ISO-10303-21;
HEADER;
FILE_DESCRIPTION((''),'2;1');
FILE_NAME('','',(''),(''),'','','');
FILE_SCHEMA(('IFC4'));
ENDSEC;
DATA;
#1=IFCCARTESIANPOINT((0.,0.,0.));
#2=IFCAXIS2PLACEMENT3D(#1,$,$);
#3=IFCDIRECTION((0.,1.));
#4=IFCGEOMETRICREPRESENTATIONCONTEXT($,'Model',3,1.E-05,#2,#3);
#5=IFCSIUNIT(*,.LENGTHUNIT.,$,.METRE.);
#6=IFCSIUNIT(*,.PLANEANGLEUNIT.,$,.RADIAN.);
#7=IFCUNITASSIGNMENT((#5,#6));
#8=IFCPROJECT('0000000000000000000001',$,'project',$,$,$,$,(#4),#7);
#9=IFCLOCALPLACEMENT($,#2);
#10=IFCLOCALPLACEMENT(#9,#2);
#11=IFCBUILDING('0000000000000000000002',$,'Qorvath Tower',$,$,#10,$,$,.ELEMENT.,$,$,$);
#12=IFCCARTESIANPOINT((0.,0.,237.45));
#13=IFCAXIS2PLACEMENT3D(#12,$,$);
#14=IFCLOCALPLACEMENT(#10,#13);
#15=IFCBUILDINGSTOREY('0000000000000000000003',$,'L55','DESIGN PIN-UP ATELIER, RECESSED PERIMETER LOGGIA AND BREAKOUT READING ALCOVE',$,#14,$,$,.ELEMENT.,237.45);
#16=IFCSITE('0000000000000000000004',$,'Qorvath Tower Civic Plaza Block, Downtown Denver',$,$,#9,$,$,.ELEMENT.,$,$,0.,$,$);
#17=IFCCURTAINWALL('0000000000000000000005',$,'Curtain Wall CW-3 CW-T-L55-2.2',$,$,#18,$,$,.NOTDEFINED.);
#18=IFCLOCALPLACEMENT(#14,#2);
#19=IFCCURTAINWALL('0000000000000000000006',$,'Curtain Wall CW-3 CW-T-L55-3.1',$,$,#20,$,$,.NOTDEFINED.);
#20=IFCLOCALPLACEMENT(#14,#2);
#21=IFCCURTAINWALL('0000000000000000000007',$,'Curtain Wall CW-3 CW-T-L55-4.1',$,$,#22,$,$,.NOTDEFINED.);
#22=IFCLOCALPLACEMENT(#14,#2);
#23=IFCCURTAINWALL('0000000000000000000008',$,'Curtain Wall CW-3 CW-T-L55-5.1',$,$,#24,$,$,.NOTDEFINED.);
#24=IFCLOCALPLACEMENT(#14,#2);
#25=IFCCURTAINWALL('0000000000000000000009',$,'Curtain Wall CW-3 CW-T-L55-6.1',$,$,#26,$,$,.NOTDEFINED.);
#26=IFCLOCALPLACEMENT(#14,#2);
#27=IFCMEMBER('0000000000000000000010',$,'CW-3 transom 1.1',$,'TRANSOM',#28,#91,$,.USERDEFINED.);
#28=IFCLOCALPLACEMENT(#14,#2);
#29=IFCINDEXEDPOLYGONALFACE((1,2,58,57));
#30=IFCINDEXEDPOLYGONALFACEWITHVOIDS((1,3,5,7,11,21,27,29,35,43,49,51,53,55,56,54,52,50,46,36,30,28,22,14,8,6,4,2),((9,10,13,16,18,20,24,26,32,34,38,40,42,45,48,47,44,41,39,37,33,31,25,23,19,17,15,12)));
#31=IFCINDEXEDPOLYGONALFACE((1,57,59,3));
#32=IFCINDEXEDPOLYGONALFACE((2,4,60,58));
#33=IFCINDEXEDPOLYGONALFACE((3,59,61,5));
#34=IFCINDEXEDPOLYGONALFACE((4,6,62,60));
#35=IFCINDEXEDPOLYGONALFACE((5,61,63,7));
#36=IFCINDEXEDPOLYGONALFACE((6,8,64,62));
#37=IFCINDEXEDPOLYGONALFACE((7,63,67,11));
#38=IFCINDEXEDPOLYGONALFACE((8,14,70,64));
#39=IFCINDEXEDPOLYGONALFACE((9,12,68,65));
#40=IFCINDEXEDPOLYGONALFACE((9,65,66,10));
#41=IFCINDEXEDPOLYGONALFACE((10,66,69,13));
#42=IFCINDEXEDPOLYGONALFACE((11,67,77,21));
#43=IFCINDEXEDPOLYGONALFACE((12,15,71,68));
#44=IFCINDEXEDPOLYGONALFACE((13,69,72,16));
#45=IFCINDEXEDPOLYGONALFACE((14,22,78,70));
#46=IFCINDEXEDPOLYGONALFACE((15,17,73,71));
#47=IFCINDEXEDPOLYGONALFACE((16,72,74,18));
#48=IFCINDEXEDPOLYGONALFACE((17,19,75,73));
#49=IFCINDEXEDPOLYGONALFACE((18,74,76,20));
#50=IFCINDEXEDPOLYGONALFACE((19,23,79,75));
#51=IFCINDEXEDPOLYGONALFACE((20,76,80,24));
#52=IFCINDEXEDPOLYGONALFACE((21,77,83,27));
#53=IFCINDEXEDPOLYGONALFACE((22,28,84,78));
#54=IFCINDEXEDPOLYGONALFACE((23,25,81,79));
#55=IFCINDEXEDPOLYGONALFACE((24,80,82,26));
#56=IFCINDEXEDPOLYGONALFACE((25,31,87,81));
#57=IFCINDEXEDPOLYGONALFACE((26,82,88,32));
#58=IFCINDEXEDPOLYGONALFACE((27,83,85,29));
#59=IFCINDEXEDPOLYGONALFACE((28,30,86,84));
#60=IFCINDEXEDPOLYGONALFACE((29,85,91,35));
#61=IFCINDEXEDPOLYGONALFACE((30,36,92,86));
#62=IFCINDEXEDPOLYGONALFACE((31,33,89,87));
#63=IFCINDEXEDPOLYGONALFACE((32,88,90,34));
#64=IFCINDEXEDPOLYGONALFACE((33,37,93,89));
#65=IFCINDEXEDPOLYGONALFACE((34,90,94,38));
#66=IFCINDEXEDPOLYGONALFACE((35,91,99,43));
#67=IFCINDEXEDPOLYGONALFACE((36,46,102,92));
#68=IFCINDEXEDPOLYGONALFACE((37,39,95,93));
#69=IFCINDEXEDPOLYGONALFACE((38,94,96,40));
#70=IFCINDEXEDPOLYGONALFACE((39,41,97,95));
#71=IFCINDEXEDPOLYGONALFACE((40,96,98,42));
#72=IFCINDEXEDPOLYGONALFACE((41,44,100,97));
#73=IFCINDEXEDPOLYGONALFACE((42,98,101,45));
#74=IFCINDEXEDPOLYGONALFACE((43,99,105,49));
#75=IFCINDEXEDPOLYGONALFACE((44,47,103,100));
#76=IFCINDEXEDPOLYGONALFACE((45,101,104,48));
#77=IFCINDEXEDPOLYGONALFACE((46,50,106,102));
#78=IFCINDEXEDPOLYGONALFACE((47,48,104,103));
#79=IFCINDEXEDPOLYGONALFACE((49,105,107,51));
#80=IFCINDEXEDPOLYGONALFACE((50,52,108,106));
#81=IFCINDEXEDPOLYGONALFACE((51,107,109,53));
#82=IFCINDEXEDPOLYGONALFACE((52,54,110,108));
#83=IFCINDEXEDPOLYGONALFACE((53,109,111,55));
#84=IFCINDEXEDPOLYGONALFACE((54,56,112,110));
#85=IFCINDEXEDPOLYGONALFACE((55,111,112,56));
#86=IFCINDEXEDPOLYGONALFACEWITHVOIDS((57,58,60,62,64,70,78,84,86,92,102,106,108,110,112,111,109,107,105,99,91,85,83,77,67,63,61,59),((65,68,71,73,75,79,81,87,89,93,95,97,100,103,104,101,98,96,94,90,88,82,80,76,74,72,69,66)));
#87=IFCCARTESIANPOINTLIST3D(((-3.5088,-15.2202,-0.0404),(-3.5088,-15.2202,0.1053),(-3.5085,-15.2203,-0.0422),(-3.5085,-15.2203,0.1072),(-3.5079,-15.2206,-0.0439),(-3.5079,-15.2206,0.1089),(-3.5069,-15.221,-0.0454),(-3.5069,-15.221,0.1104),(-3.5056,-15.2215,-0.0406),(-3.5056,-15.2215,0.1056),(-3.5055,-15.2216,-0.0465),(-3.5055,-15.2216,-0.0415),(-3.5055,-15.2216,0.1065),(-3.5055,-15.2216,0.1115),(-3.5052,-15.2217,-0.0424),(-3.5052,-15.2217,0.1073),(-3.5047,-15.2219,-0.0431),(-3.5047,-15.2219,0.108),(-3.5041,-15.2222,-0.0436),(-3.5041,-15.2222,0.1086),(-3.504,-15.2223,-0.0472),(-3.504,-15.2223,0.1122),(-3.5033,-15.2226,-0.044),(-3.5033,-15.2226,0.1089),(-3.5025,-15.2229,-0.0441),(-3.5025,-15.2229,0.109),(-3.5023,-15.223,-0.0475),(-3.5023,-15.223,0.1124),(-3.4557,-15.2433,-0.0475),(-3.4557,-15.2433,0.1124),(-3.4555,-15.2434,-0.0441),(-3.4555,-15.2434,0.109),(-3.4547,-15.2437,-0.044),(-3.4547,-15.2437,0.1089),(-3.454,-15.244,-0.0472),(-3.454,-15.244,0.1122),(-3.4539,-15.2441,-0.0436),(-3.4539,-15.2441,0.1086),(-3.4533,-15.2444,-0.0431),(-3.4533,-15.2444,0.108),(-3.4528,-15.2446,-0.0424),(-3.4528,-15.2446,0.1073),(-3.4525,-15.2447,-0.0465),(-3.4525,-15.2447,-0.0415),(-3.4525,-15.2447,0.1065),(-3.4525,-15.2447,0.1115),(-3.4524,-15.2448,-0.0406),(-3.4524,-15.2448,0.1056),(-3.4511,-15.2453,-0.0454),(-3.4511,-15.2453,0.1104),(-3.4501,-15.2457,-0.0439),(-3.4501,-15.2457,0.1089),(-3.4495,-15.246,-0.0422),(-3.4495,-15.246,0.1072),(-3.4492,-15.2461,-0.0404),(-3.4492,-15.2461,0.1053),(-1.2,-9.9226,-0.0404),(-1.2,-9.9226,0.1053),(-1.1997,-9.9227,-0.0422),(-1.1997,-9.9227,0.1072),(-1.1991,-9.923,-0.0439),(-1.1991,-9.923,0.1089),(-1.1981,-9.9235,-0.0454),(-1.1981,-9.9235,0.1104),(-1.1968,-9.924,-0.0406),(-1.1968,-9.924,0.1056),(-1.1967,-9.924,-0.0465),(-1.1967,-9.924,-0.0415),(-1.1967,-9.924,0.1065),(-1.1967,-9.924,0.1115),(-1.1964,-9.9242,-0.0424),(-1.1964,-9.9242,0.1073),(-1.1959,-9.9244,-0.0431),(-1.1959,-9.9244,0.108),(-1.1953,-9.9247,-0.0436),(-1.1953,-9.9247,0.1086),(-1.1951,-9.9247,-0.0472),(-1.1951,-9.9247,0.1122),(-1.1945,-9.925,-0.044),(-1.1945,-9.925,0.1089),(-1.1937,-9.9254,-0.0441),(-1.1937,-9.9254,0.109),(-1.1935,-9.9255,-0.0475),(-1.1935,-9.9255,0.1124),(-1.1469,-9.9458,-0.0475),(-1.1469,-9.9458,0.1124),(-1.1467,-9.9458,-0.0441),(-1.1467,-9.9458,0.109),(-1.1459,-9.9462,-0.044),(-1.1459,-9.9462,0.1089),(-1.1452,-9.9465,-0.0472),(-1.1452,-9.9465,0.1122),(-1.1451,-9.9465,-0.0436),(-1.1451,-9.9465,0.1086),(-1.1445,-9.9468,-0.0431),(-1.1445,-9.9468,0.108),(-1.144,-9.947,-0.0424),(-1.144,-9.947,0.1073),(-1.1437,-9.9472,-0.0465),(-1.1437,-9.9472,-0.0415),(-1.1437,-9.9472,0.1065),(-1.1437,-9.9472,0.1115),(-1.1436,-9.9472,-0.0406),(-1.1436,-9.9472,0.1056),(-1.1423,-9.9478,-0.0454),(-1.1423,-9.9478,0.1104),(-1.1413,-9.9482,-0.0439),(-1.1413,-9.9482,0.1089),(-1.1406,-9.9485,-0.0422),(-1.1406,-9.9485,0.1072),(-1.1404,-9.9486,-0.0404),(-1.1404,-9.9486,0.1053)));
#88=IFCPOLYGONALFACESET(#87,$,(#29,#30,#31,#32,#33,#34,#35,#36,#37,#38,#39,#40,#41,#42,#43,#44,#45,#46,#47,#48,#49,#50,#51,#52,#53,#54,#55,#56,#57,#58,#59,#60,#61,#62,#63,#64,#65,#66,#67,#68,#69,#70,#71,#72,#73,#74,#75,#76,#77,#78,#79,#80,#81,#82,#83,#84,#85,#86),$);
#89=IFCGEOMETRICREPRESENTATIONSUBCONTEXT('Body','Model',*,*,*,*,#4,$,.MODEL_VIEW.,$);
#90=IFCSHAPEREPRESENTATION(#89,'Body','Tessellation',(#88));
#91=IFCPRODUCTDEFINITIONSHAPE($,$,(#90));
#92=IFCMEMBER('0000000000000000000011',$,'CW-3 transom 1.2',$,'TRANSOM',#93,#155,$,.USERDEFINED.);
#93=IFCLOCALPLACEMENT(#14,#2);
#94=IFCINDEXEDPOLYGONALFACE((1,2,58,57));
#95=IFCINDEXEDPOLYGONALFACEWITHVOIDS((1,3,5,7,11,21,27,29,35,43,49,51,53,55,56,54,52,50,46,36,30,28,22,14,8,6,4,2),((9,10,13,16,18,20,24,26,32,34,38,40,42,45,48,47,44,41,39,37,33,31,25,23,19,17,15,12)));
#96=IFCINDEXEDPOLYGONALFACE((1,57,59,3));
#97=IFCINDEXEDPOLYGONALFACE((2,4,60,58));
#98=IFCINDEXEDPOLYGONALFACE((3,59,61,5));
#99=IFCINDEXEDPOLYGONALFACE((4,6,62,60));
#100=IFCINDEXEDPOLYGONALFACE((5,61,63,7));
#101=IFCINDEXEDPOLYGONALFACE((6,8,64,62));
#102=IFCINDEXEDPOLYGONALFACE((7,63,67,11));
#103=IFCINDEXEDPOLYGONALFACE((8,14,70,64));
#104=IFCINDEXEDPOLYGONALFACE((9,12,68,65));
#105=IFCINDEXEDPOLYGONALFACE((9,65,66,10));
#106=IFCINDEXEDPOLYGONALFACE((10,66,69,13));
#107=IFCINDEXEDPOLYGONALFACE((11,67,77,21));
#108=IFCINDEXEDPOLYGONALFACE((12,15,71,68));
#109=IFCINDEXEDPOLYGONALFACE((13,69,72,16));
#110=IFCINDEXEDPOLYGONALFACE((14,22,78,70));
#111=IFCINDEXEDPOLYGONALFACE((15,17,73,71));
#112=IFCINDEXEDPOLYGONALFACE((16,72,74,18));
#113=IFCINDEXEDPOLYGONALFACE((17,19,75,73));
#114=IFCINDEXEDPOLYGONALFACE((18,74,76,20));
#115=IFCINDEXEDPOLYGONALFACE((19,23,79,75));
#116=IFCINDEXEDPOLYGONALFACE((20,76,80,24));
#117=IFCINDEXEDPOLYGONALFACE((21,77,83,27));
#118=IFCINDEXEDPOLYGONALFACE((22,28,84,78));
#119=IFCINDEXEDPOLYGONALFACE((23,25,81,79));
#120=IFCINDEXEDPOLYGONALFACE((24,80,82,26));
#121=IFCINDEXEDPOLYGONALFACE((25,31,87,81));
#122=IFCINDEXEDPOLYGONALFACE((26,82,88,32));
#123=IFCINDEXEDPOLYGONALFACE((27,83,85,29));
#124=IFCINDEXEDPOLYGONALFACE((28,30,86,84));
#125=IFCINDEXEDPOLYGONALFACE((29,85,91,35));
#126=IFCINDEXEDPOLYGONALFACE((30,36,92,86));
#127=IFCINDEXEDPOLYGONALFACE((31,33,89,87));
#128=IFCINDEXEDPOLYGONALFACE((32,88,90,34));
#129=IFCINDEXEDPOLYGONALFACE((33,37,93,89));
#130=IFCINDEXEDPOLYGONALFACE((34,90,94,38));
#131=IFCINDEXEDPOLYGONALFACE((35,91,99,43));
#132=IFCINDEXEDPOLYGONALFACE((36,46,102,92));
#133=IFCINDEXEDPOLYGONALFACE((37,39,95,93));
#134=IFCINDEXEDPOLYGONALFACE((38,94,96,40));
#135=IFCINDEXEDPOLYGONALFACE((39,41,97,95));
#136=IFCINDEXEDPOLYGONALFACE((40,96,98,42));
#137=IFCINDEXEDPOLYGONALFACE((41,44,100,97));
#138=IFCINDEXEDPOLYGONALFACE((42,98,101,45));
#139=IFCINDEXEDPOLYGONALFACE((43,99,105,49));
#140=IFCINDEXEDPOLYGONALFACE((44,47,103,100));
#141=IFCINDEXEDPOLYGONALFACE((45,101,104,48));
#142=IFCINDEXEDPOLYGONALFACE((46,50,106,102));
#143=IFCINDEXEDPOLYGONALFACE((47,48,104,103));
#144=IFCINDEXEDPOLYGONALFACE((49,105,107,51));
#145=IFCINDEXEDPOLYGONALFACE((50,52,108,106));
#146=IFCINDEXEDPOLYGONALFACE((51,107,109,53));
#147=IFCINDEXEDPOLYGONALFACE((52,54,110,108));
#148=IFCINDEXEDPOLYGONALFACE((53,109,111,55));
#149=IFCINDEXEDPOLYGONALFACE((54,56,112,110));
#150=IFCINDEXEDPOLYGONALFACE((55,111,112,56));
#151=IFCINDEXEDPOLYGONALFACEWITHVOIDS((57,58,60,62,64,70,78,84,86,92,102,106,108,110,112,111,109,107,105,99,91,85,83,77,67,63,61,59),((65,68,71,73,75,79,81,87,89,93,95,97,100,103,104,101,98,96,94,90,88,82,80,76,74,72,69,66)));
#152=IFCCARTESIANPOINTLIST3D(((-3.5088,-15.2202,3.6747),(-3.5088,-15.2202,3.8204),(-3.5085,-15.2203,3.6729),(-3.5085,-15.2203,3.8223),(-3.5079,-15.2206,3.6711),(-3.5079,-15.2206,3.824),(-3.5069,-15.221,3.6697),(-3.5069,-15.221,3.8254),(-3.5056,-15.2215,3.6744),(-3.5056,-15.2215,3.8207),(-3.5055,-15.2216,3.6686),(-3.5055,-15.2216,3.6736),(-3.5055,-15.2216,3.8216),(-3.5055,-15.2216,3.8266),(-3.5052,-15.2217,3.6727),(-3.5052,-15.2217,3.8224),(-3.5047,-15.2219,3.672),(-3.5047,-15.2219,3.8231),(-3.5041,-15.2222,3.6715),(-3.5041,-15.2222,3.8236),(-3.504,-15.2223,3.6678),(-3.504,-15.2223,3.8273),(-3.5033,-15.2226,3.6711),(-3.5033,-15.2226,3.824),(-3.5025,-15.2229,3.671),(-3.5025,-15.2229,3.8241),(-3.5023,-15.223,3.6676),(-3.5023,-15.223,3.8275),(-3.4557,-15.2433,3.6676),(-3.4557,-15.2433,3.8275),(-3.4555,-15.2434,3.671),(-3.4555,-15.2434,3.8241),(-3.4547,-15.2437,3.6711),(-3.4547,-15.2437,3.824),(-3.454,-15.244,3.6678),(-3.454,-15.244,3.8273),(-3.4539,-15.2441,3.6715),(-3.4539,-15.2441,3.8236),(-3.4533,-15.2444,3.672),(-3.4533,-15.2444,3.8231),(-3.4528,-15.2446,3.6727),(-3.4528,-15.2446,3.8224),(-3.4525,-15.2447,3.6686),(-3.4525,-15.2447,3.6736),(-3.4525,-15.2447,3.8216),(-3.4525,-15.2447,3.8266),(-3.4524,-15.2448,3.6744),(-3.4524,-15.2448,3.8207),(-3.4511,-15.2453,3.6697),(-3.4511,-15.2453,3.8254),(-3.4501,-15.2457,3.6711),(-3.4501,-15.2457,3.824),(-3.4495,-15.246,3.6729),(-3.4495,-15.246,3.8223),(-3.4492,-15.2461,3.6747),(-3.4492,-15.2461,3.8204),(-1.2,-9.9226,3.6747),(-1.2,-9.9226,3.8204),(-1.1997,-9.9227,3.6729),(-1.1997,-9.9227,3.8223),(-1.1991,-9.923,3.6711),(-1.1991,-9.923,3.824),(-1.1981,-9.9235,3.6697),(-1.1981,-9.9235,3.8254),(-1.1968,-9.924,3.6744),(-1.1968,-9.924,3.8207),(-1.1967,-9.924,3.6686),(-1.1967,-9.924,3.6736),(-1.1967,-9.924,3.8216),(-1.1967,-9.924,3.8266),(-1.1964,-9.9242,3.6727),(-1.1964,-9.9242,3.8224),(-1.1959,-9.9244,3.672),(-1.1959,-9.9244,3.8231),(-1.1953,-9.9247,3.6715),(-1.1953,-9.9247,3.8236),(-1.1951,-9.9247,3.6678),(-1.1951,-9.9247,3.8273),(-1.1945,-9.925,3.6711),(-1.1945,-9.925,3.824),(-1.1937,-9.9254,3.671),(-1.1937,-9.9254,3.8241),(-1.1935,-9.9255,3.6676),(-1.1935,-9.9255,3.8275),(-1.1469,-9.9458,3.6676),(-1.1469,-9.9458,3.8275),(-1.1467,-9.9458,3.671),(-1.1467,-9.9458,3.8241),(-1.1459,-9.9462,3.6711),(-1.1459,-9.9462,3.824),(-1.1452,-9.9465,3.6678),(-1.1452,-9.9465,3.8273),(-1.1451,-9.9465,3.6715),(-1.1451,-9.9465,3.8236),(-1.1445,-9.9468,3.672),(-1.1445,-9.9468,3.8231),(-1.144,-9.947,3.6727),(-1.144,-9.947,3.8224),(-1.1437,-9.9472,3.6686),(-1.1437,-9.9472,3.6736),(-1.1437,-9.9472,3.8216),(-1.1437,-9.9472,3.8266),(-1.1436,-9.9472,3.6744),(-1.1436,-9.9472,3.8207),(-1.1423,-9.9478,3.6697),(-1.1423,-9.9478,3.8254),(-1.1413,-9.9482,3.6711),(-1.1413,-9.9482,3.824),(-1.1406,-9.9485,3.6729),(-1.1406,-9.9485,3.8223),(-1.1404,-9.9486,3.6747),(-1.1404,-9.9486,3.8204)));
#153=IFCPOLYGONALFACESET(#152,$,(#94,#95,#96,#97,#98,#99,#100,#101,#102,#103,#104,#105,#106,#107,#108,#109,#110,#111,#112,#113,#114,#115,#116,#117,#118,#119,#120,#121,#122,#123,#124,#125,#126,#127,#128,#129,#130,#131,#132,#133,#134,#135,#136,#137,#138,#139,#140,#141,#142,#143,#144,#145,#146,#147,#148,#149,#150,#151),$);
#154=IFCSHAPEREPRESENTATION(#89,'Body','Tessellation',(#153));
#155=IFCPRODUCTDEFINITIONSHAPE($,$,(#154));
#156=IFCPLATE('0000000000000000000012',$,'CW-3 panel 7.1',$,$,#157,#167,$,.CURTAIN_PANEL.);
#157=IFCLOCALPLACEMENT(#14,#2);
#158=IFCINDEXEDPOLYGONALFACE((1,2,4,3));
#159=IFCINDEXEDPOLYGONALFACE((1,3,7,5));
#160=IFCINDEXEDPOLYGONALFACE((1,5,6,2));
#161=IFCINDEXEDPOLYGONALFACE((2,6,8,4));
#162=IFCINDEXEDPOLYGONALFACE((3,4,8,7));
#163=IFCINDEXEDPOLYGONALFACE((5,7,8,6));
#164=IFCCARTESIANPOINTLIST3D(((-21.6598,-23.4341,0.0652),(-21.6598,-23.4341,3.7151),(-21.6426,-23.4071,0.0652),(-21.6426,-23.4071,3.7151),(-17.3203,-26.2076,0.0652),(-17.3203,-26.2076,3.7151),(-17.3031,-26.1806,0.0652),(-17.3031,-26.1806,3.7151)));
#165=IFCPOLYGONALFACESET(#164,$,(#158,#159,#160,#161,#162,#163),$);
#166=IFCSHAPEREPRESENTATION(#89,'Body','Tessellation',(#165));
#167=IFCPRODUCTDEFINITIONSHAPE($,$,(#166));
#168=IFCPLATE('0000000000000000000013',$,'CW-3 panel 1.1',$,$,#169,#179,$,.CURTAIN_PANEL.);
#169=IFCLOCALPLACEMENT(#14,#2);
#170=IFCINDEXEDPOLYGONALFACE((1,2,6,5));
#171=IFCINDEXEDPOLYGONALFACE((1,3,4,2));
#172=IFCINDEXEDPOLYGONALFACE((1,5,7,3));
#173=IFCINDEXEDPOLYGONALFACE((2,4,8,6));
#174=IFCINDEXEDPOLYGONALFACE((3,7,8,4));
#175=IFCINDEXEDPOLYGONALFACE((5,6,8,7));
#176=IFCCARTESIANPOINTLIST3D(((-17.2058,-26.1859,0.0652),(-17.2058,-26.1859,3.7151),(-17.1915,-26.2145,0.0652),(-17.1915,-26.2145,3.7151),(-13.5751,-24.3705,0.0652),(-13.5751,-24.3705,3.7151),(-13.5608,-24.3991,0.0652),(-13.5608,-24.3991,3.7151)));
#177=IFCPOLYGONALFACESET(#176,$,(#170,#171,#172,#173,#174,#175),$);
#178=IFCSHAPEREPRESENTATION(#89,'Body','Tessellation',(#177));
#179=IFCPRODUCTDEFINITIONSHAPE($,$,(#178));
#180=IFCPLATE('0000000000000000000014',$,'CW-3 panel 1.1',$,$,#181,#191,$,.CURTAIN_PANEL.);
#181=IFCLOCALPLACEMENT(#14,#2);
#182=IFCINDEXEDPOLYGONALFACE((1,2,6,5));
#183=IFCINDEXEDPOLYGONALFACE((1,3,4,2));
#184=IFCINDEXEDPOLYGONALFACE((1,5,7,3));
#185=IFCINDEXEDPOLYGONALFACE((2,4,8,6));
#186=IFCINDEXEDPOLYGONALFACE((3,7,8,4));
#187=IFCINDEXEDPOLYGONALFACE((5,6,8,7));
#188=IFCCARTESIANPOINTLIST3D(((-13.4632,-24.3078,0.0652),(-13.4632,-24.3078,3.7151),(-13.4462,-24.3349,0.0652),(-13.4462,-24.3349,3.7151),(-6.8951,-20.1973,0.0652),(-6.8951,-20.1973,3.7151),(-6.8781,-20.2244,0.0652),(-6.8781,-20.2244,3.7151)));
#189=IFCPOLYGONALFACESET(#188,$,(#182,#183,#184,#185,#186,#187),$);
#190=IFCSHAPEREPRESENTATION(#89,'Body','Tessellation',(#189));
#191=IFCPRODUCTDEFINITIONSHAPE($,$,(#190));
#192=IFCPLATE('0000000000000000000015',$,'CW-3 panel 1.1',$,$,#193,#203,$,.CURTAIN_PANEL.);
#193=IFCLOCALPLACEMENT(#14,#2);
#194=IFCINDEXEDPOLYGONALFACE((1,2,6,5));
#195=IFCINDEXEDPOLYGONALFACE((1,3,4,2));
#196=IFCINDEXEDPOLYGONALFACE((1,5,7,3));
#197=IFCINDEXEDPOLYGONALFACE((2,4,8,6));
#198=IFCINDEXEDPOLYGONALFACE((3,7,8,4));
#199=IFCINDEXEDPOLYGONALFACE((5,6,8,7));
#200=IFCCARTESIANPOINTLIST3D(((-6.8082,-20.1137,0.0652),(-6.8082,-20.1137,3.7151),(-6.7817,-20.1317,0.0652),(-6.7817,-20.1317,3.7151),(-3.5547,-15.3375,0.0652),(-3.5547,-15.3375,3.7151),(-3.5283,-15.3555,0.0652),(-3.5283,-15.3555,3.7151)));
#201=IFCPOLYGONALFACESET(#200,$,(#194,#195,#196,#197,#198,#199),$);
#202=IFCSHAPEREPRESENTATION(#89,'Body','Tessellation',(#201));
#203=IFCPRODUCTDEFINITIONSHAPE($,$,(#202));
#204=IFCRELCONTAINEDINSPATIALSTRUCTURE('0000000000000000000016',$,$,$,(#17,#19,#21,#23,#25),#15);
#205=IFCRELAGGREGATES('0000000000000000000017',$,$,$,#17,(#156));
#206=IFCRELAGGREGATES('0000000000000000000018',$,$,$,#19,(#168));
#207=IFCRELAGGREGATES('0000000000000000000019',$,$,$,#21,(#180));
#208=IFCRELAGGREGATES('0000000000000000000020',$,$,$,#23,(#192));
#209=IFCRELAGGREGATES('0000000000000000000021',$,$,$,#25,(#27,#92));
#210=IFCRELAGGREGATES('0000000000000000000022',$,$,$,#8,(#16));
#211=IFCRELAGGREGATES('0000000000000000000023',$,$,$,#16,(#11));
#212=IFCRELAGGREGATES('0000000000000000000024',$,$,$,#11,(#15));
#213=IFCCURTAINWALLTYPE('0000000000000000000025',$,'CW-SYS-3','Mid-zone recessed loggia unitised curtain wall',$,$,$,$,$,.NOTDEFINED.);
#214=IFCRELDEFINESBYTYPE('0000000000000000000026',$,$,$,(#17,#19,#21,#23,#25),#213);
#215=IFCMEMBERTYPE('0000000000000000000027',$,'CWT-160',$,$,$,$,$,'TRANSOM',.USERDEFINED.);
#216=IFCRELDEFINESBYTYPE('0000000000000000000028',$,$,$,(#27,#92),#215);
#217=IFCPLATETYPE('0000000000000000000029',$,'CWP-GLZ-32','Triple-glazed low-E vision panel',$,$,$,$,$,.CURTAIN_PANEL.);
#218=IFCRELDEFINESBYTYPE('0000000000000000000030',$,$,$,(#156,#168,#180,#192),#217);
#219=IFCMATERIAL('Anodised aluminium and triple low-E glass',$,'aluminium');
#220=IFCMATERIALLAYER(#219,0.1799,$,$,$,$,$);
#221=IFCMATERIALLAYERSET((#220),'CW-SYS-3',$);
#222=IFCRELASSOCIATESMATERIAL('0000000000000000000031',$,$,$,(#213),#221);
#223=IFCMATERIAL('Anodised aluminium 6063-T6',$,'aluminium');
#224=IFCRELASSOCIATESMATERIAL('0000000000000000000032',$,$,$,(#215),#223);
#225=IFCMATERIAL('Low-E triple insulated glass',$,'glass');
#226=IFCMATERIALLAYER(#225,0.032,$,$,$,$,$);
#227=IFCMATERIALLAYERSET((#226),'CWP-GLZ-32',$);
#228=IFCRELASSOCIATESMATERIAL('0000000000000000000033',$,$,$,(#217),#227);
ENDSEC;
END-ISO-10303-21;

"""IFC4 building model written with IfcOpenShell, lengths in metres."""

from ifc_helpers import new_model, si_unit, direction, frame, origin, origin_2d, place, context, subcontext, project, spatial, rectangle, hollow_rectangle, extrude, material, layer, layer_set, material_profile, profile_set, type_object, element, aggregate, save


model = new_model("IFC4")

# Units and contexts
model_context = context("Model", 3, precision=1e-05, world=origin(), true_north=direction((0.0, 1.0)))
body_context = subcontext(model_context, "Body", "Model", "MODEL_VIEW")
ifc_project = project(units=[si_unit("LENGTHUNIT", "METRE"), si_unit("PLANEANGLEUNIT", "RADIAN")], contexts=[model_context])

# Site, building, storey
site_placement = place(None, origin())
site = spatial("IfcSite", under=ifc_project, at=site_placement, Name="Qorvath Tower Civic Plaza Block, Downtown Denver", CompositionType="ELEMENT", RefElevation=0.0)
building_placement = place(site_placement, origin())
building = spatial("IfcBuilding", under=site, at=building_placement, Name="Qorvath Tower", CompositionType="ELEMENT")
storey_placement = place(building_placement, frame((0.0, 0.0, 237.45)))
storey = spatial("IfcBuildingStorey", under=building, at=storey_placement, Name="L55", Description="DESIGN PIN-UP ATELIER, RECESSED PERIMETER LOGGIA AND BREAKOUT READING ALCOVE", CompositionType="ELEMENT", Elevation=237.45)

# Curtain wall
ifc_material_1 = material(Name="Anodised aluminium and triple low-E glass", Category="aluminium")
ifc_layer_1 = layer(ifc_material_1, 0.1799)
ifc_layer_set_1 = layer_set([ifc_layer_1], Name="CW-SYS-3")
curtain_wall_type = type_object("IfcCurtainWallType", Name="CW-SYS-3", Description="Mid-zone recessed loggia unitised curtain wall", PredefinedType="NOTDEFINED", material=ifc_layer_set_1)
curtain_wall_1_placement = place(storey_placement, origin())
curtain_wall_1 = element("IfcCurtainWall", 1, at=curtain_wall_1_placement, inside=storey, type_object=curtain_wall_type, Name="Curtain Wall CW-3 CW-T-L55-2.2", PredefinedType="NOTDEFINED")

# Curtain walls
curtain_wall_2_placement = place(storey_placement, origin())
curtain_wall_2 = element("IfcCurtainWall", 2, at=curtain_wall_2_placement, inside=storey, type_object=curtain_wall_type, Name="Curtain Wall CW-3 CW-T-L55-3.1", PredefinedType="NOTDEFINED")
curtain_wall_3_placement = place(storey_placement, origin())
curtain_wall_3 = element("IfcCurtainWall", 3, at=curtain_wall_3_placement, inside=storey, type_object=curtain_wall_type, Name="Curtain Wall CW-3 CW-T-L55-4.1", PredefinedType="NOTDEFINED")
curtain_wall_4_placement = place(storey_placement, origin())
curtain_wall_4 = element("IfcCurtainWall", 4, at=curtain_wall_4_placement, inside=storey, type_object=curtain_wall_type, Name="Curtain Wall CW-3 CW-T-L55-5.1", PredefinedType="NOTDEFINED")

# Curtain wall
curtain_wall_5_placement = place(storey_placement, origin())
curtain_wall_5 = element("IfcCurtainWall", 5, at=curtain_wall_5_placement, inside=storey, type_object=curtain_wall_type, Name="Curtain Wall CW-3 CW-T-L55-6.1", PredefinedType="NOTDEFINED")

# Members
ifc_material_2 = material(Name="Anodised aluminium 6063-T6", Category="aluminium")
ifc_material_profile_1 = material_profile(ifc_material_2, hollow_rectangle(XDim=0.0649, YDim=0.1599, WallThickness=0.0034, InnerFilletRadius=0.0034, OuterFilletRadius=0.0071, at=origin_2d()), Name="CWT 160x65")
ifc_profile_set_1 = profile_set([ifc_material_profile_1], Name="Anodised aluminium 6063-T6")
member_type_1 = type_object("IfcMemberType", Name="CWT-160", ElementType="TRANSOM", PredefinedType="USERDEFINED", material=ifc_profile_set_1)
member_1_placement = place(storey_placement, frame((-3.479, -15.2332, 0.0325), z_axis=(0.399531, 0.91672, 0.0), x_axis=(-0.91672, 0.399531, 0.0)))
member_1 = element("IfcMember", 6, at=member_1_placement, type_object=member_type_1, Name="CW-3 transom 1.1", ObjectType="TRANSOM", PredefinedType="USERDEFINED", context=body_context, shape_type="SweptSolid", body=[
    extrude(hollow_rectangle(XDim=0.0649, YDim=0.1599, WallThickness=0.0034, InnerFilletRadius=0.0034, OuterFilletRadius=0.0071, at=origin_2d()), origin(), (0.0, 0.0, 1.0), 5.7788),
])
member_2_placement = place(storey_placement, frame((-3.479, -15.2332, 3.7476), z_axis=(0.399531, 0.91672, 0.0), x_axis=(-0.91672, 0.399531, 0.0)))
member_2 = element("IfcMember", 7, at=member_2_placement, type_object=member_type_1, Name="CW-3 transom 1.2", ObjectType="TRANSOM", PredefinedType="USERDEFINED", context=body_context, shape_type="SweptSolid", body=[
    extrude(hollow_rectangle(XDim=0.0649, YDim=0.1599, WallThickness=0.0034, InnerFilletRadius=0.0034, OuterFilletRadius=0.0071, at=origin_2d()), origin(), (0.0, 0.0, 1.0), 5.7788),
])

# Plates
ifc_material_3 = material(Name="Low-E triple insulated glass", Category="glass")
ifc_layer_2 = layer(ifc_material_3, 0.032)
ifc_layer_set_2 = layer_set([ifc_layer_2], Name="CWP-GLZ-32")
plate_type = type_object("IfcPlateType", Name="CWP-GLZ-32", Description="Triple-glazed low-E vision panel", PredefinedType="CURTAIN_PANEL", material=ifc_layer_set_2)
plate_1_placement = place(storey_placement, frame((-19.4814, -24.8074, 0.0652), z_axis=(0.0, 0.0, 1.0), x_axis=(0.842607, -0.538529, 0.0)))
plate_1 = element("IfcPlate", 8, at=plate_1_placement, type_object=plate_type, Name="CW-3 panel 7.1", PredefinedType="CURTAIN_PANEL", context=body_context, shape_type="SweptSolid", body=[
    extrude(rectangle(XDim=5.1501, YDim=0.032, at=origin_2d()), origin(), (0.0, 0.0, 1.0), 3.6499),
])
aggregate(curtain_wall_1, [plate_1])
plate_2_placement = place(storey_placement, frame((-15.3833, -25.2925, 0.0652), z_axis=(0.0, 0.0, 1.0), x_axis=(0.894427, 0.447214, 0.0)))
plate_2 = element("IfcPlate", 9, at=plate_2_placement, type_object=plate_type, Name="CW-3 panel 1.1", PredefinedType="CURTAIN_PANEL", context=body_context, shape_type="SweptSolid", body=[
    extrude(rectangle(XDim=4.0593, YDim=0.032, at=origin_2d()), origin(), (0.0, 0.0, 1.0), 3.6499),
])
aggregate(curtain_wall_2, [plate_2])
plate_3_placement = place(storey_placement, frame((-10.1707, -22.2661, 0.0652), z_axis=(0.0, 0.0, 1.0), x_axis=(0.847687, 0.530497, 0.0)))
plate_3 = element("IfcPlate", 10, at=plate_3_placement, type_object=plate_type, Name="CW-3 panel 1.1", PredefinedType="CURTAIN_PANEL", context=body_context, shape_type="SweptSolid", body=[
    extrude(rectangle(XDim=7.7483, YDim=0.032, at=origin_2d()), origin(), (0.0, 0.0, 1.0), 3.6499),
])
aggregate(curtain_wall_3, [plate_3])
plate_4_placement = place(storey_placement, frame((-5.1682, -17.7346, 0.0652), z_axis=(0.0, 0.0, 1.0), x_axis=(0.562975, 0.826474, 0.0)))
plate_4 = element("IfcPlate", 11, at=plate_4_placement, type_object=plate_type, Name="CW-3 panel 1.1", PredefinedType="CURTAIN_PANEL", context=body_context, shape_type="SweptSolid", body=[
    extrude(rectangle(XDim=5.7791, YDim=0.032, at=origin_2d()), origin(), (0.0, 0.0, 1.0), 3.6499),
])
aggregate(curtain_wall_4, [plate_4])
aggregate(curtain_wall_5, [member_1, member_2])

save(model, "model.ifc")
